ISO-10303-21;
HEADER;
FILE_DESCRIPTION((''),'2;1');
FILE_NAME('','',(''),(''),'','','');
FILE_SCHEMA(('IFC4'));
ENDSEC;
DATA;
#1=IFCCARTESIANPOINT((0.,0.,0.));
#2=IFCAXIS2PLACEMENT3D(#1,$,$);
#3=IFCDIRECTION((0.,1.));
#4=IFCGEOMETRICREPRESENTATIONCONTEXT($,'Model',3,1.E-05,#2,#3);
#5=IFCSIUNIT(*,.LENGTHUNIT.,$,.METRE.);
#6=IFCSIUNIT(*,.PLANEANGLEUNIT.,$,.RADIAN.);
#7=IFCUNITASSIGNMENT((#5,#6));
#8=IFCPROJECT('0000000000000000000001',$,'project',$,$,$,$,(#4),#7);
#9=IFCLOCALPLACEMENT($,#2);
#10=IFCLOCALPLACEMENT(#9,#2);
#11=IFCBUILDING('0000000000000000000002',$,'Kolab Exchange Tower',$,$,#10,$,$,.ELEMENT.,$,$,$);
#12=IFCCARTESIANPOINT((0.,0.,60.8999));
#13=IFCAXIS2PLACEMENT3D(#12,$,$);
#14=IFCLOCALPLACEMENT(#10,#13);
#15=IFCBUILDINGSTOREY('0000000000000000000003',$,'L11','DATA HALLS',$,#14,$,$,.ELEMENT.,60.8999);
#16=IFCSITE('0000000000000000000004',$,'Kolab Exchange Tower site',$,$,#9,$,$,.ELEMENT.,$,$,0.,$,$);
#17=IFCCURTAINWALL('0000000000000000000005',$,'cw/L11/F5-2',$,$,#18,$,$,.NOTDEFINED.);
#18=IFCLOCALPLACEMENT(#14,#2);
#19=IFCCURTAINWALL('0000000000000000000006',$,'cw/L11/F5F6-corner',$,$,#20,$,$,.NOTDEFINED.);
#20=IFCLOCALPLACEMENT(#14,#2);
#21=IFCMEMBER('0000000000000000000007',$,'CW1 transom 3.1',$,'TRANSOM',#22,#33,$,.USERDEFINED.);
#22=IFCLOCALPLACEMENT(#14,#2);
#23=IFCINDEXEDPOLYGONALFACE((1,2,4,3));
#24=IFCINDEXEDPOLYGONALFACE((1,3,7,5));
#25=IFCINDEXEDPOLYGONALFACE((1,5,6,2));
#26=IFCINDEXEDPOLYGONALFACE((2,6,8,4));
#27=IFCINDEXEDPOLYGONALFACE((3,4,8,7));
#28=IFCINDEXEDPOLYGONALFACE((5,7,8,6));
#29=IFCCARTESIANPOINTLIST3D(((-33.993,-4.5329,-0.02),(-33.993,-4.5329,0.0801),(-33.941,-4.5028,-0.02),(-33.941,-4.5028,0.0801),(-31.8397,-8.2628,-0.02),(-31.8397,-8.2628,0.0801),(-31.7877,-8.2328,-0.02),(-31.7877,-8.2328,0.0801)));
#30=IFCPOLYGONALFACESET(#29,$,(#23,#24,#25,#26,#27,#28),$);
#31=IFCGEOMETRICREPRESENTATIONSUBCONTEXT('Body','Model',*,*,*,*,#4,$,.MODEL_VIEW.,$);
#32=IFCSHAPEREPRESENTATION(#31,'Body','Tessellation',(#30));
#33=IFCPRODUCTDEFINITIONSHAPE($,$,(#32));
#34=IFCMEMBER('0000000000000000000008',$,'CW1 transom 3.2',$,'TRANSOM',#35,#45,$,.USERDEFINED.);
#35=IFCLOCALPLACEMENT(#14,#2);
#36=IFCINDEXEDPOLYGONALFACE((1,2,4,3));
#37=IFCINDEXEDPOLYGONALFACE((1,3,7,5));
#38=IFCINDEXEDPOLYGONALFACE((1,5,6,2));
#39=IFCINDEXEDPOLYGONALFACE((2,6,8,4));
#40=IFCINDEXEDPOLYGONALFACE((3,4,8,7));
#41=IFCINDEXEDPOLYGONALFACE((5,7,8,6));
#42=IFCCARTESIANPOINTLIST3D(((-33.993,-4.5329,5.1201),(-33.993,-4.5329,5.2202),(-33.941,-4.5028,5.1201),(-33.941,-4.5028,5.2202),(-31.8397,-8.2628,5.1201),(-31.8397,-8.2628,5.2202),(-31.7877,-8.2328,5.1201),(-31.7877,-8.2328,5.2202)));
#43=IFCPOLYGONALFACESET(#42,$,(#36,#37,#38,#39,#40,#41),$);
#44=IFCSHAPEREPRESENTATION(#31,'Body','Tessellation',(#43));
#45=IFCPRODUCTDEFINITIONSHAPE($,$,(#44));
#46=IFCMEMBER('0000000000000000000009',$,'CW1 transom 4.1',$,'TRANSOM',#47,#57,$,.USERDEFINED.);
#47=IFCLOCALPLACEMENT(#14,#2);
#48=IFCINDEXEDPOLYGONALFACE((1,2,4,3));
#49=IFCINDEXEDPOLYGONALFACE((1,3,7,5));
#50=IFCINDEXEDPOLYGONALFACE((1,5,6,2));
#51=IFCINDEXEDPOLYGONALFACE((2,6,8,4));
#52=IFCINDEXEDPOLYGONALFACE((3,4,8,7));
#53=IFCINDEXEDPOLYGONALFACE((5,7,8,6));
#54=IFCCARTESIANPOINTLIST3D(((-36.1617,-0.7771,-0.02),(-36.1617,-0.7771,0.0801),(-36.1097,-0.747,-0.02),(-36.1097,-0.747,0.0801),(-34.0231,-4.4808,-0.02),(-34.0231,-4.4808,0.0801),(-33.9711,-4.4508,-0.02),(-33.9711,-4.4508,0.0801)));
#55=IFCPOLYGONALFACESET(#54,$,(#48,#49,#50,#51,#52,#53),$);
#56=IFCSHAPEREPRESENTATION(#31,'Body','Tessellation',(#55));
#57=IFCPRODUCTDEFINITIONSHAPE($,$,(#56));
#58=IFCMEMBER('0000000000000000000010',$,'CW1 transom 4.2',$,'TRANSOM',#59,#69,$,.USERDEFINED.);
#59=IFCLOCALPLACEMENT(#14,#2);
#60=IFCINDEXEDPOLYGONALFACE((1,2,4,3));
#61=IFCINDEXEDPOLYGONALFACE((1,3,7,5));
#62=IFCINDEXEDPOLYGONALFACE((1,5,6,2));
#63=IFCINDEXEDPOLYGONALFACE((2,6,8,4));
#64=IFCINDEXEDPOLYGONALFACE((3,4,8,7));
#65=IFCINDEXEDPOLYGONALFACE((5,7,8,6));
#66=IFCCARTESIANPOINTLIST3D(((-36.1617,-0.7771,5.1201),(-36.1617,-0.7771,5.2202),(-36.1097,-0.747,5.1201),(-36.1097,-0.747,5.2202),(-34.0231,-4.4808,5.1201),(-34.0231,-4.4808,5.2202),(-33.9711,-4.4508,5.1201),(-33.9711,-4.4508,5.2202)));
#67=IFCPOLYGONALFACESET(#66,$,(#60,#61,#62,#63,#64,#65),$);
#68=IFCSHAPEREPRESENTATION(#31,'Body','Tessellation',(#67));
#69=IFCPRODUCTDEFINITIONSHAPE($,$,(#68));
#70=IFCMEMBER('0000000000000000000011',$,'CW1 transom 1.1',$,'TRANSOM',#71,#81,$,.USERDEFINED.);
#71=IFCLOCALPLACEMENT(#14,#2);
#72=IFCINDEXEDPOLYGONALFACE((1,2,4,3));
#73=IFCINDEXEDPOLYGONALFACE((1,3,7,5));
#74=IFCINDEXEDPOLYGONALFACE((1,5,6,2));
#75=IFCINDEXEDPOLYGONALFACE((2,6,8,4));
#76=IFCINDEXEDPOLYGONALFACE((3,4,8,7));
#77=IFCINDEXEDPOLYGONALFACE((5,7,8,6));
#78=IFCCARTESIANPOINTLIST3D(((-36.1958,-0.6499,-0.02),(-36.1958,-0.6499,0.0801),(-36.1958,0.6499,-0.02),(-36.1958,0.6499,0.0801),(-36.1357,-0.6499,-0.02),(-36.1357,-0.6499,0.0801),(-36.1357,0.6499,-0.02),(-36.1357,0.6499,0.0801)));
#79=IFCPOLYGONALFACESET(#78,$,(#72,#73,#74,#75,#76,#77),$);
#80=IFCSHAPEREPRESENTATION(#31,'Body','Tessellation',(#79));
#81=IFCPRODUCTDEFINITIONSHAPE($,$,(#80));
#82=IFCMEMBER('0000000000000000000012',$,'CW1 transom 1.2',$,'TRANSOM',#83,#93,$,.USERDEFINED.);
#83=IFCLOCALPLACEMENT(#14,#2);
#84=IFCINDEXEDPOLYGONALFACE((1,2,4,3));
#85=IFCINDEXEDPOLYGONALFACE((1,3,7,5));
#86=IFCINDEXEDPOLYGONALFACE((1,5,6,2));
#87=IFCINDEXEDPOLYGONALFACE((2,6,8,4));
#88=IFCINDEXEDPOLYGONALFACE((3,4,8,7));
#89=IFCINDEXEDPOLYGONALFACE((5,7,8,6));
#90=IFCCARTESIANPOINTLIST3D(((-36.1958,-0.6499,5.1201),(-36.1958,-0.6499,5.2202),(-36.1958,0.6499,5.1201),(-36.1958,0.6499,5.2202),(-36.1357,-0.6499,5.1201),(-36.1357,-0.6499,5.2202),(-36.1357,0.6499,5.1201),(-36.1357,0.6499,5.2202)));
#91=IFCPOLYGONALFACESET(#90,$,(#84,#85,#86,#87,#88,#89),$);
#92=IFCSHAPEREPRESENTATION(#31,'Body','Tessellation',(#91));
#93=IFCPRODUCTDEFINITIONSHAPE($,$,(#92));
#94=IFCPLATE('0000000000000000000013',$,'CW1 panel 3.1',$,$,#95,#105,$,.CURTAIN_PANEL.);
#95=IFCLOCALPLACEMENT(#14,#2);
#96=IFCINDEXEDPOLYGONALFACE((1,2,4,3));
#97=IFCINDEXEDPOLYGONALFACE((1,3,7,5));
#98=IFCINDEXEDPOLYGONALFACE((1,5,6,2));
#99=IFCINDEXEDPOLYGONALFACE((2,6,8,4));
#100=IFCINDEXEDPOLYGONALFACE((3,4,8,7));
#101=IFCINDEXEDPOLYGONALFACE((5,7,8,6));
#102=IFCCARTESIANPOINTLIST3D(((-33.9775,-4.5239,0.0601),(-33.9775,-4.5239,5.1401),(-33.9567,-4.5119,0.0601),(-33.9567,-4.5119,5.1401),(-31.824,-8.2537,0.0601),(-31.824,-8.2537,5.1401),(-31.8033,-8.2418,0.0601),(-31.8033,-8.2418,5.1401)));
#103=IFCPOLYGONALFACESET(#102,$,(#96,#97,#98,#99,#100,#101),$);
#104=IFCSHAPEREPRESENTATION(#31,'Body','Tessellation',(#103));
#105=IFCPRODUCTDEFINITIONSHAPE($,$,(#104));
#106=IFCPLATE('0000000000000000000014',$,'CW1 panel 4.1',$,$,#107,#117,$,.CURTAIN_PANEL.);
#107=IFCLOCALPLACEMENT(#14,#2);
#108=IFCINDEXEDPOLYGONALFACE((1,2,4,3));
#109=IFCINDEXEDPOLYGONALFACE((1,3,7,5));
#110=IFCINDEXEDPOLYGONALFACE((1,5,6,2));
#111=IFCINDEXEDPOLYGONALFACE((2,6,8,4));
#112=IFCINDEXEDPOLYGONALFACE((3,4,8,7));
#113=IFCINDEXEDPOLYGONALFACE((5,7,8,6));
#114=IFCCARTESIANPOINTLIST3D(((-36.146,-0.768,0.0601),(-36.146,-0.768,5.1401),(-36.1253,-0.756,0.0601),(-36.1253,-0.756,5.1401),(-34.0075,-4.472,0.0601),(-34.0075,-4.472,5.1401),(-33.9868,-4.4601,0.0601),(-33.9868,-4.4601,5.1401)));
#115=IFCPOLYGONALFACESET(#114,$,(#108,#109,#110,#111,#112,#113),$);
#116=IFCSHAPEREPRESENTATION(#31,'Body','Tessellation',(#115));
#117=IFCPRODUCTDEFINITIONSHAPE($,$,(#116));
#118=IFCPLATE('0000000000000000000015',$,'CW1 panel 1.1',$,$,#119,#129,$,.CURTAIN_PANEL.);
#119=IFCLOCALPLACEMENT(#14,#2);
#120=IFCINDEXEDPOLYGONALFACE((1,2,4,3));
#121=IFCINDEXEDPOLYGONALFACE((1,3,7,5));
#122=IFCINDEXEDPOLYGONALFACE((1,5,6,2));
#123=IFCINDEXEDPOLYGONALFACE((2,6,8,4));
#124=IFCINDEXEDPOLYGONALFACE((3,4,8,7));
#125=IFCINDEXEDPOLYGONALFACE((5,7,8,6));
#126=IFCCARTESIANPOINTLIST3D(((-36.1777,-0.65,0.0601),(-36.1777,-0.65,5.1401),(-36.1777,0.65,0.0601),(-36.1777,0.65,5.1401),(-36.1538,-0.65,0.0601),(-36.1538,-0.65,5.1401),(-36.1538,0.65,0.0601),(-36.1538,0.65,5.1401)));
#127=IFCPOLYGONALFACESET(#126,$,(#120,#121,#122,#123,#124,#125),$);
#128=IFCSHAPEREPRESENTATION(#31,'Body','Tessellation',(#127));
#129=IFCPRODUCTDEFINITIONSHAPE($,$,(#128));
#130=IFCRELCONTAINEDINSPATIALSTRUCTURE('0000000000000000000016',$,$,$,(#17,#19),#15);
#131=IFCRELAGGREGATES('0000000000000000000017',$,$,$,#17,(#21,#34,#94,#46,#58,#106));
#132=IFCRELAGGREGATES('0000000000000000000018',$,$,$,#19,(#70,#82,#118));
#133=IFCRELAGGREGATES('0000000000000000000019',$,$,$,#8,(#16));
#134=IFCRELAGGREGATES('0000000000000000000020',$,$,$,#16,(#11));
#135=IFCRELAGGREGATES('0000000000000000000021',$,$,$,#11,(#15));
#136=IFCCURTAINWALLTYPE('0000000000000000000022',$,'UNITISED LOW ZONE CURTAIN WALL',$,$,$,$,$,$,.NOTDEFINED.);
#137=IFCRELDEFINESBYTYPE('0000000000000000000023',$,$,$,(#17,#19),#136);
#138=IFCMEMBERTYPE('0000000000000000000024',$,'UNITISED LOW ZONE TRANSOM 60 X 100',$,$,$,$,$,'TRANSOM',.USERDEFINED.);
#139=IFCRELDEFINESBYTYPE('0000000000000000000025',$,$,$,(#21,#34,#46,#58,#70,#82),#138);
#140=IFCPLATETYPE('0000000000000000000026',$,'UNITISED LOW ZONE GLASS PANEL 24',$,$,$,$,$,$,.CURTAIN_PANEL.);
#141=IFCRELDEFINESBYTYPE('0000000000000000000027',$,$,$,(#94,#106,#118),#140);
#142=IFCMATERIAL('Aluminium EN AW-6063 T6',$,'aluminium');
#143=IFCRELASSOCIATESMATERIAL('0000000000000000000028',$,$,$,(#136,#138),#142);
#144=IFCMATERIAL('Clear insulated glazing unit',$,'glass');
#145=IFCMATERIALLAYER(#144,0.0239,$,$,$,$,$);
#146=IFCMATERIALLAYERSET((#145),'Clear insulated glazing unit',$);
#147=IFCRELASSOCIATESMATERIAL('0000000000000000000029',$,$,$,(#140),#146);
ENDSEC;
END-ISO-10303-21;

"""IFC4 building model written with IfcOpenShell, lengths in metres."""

from ifc_helpers import new_model, si_unit, direction, frame, origin, origin_2d, place, context, subcontext, project, spatial, rectangle, extrude, material, layer, layer_set, material_profile, profile_set, type_object, element, aggregate, save


model = new_model("IFC4")

# Units and contexts
model_context = context("Model", 3, precision=1e-05, world=origin(), true_north=direction((0.0, 1.0)))
body_context = subcontext(model_context, "Body", "Model", "MODEL_VIEW")
ifc_project = project(units=[si_unit("LENGTHUNIT", "METRE"), si_unit("PLANEANGLEUNIT", "RADIAN")], contexts=[model_context])

# Site, building, storey
site_placement = place(None, origin())
site = spatial("IfcSite", under=ifc_project, at=site_placement, Name="Kolab Exchange Tower site", CompositionType="ELEMENT", RefElevation=0.0)
building_placement = place(site_placement, origin())
building = spatial("IfcBuilding", under=site, at=building_placement, Name="Kolab Exchange Tower", CompositionType="ELEMENT")
storey_placement = place(building_placement, frame((0.0, 0.0, 60.8999)))
storey = spatial("IfcBuildingStorey", under=building, at=storey_placement, Name="L11", Description="DATA HALLS", CompositionType="ELEMENT", Elevation=60.8999)

# Curtain wall
ifc_material_1 = material(Name="Aluminium EN AW-6063 T6", Category="aluminium")
curtain_wall_type = type_object("IfcCurtainWallType", Name="UNITISED LOW ZONE CURTAIN WALL", PredefinedType="NOTDEFINED", material=ifc_material_1)
curtain_wall_1_placement = place(storey_placement, origin())
curtain_wall_1 = element("IfcCurtainWall", 1, at=curtain_wall_1_placement, inside=storey, type_object=curtain_wall_type, Name="cw/L11/F5-2", PredefinedType="NOTDEFINED")

# Curtain wall
curtain_wall_2_placement = place(storey_placement, origin())
curtain_wall_2 = element("IfcCurtainWall", 2, at=curtain_wall_2_placement, inside=storey, type_object=curtain_wall_type, Name="cw/L11/F5F6-corner", PredefinedType="NOTDEFINED")

# Members
ifc_material_profile_1 = material_profile(ifc_material_1, rectangle(XDim=0.0601, YDim=0.1001, at=origin_2d()), Name="RECT 60X100")
ifc_profile_set_1 = profile_set([ifc_material_profile_1], Name="Aluminium EN AW-6063 T6")
member_type_1 = type_object("IfcMemberType", Name="UNITISED LOW ZONE TRANSOM 60 X 100", ElementType="TRANSOM", PredefinedType="USERDEFINED", material=ifc_profile_set_1)
member_1_placement = place(storey_placement, frame((-31.8137, -8.2478, 0.03), z_axis=(-0.499968, 0.866044, 0.0), x_axis=(-0.866044, -0.499968, 0.0)))
member_1 = element("IfcMember", 3, at=member_1_placement, type_object=member_type_1, Name="CW1 transom 3.1", ObjectType="TRANSOM", PredefinedType="USERDEFINED", context=body_context, shape_type="SweptSolid", body=[
    extrude(rectangle(XDim=0.0601, YDim=0.1001, at=origin_2d()), origin(), (0.0, 0.0, 1.0), 4.3069),
])
member_2_placement = place(storey_placement, frame((-31.8137, -8.2478, 5.1702), z_axis=(-0.499968, 0.866044, 0.0), x_axis=(-0.866044, -0.499968, 0.0)))
member_2 = element("IfcMember", 4, at=member_2_placement, type_object=member_type_1, Name="CW1 transom 3.2", ObjectType="TRANSOM", PredefinedType="USERDEFINED", context=body_context, shape_type="SweptSolid", body=[
    extrude(rectangle(XDim=0.0601, YDim=0.1001, at=origin_2d()), origin(), (0.0, 0.0, 1.0), 4.3069),
])
member_3_placement = place(storey_placement, frame((-33.9971, -4.4658, 0.03), z_axis=(-0.500044, 0.866, 0.0), x_axis=(-0.866, -0.500044, 0.0)))
member_3 = element("IfcMember", 5, at=member_3_placement, type_object=member_type_1, Name="CW1 transom 4.1", ObjectType="TRANSOM", PredefinedType="USERDEFINED", context=body_context, shape_type="SweptSolid", body=[
    extrude(rectangle(XDim=0.0601, YDim=0.1001, at=origin_2d()), origin(), (0.0, 0.0, 1.0), 4.2769),
])
member_4_placement = place(storey_placement, frame((-33.9971, -4.4658, 5.1702), z_axis=(-0.500044, 0.866, 0.0), x_axis=(-0.866, -0.500044, 0.0)))
member_4 = element("IfcMember", 6, at=member_4_placement, type_object=member_type_1, Name="CW1 transom 4.2", ObjectType="TRANSOM", PredefinedType="USERDEFINED", context=body_context, shape_type="SweptSolid", body=[
    extrude(rectangle(XDim=0.0601, YDim=0.1001, at=origin_2d()), origin(), (0.0, 0.0, 1.0), 4.2769),
])
member_5_placement = place(storey_placement, frame((-36.1658, -0.6499, 0.03), z_axis=(0.0, 1.0, 0.0), x_axis=(-1.0, 0.0, 0.0)))
member_5 = element("IfcMember", 7, at=member_5_placement, type_object=member_type_1, Name="CW1 transom 1.1", ObjectType="TRANSOM", PredefinedType="USERDEFINED", context=body_context, shape_type="SweptSolid", body=[
    extrude(rectangle(XDim=0.0601, YDim=0.1001, at=origin_2d()), origin(), (0.0, 0.0, 1.0), 1.2998),
])
member_6_placement = place(storey_placement, frame((-36.1658, -0.6499, 5.1702), z_axis=(0.0, 1.0, 0.0), x_axis=(-1.0, 0.0, 0.0)))
member_6 = element("IfcMember", 8, at=member_6_placement, type_object=member_type_1, Name="CW1 transom 1.2", ObjectType="TRANSOM", PredefinedType="USERDEFINED", context=body_context, shape_type="SweptSolid", body=[
    extrude(rectangle(XDim=0.0601, YDim=0.1001, at=origin_2d()), origin(), (0.0, 0.0, 1.0), 1.2998),
])

# Plates
ifc_material_2 = material(Name="Clear insulated glazing unit", Category="glass")
ifc_layer = layer(ifc_material_2, 0.0239)
ifc_layer_set = layer_set([ifc_layer], Name="Clear insulated glazing unit")
plate_type = type_object("IfcPlateType", Name="UNITISED LOW ZONE GLASS PANEL 24", PredefinedType="CURTAIN_PANEL", material=ifc_layer_set)
plate_1_placement = place(storey_placement, frame((-32.8904, -6.3828, 0.0601), z_axis=(0.0, 0.0, 1.0), x_axis=(-0.5, 0.866025, 0.0)))
plate_1 = element("IfcPlate", 9, at=plate_1_placement, type_object=plate_type, Name="CW1 panel 3.1", PredefinedType="CURTAIN_PANEL", context=body_context, shape_type="SweptSolid", body=[
    extrude(rectangle(XDim=4.3069, YDim=0.0239, at=origin_2d()), origin(), (0.0, 0.0, 1.0), 5.0801),
])
plate_2_placement = place(storey_placement, frame((-35.0664, -2.614, 0.0601), z_axis=(0.0, 0.0, 1.0), x_axis=(-0.5, 0.866025, 0.0)))
plate_2 = element("IfcPlate", 10, at=plate_2_placement, type_object=plate_type, Name="CW1 panel 4.1", PredefinedType="CURTAIN_PANEL", context=body_context, shape_type="SweptSolid", body=[
    extrude(rectangle(XDim=4.2771, YDim=0.0239, at=origin_2d()), origin(), (0.0, 0.0, 1.0), 5.0801),
])
aggregate(curtain_wall_1, [member_1, member_2, plate_1, member_3, member_4, plate_2])
plate_3_placement = place(storey_placement, frame((-36.1658, 0.0, 0.0601), z_axis=(0.0, 0.0, 1.0), x_axis=(0.0, 1.0, 0.0)))
plate_3 = element("IfcPlate", 11, at=plate_3_placement, type_object=plate_type, Name="CW1 panel 1.1", PredefinedType="CURTAIN_PANEL", context=body_context, shape_type="SweptSolid", body=[
    extrude(rectangle(XDim=1.3, YDim=0.0239, at=origin_2d()), origin(), (0.0, 0.0, 1.0), 5.0801),
])
aggregate(curtain_wall_2, [member_5, member_6, plate_3])

save(model, "model.ifc")
